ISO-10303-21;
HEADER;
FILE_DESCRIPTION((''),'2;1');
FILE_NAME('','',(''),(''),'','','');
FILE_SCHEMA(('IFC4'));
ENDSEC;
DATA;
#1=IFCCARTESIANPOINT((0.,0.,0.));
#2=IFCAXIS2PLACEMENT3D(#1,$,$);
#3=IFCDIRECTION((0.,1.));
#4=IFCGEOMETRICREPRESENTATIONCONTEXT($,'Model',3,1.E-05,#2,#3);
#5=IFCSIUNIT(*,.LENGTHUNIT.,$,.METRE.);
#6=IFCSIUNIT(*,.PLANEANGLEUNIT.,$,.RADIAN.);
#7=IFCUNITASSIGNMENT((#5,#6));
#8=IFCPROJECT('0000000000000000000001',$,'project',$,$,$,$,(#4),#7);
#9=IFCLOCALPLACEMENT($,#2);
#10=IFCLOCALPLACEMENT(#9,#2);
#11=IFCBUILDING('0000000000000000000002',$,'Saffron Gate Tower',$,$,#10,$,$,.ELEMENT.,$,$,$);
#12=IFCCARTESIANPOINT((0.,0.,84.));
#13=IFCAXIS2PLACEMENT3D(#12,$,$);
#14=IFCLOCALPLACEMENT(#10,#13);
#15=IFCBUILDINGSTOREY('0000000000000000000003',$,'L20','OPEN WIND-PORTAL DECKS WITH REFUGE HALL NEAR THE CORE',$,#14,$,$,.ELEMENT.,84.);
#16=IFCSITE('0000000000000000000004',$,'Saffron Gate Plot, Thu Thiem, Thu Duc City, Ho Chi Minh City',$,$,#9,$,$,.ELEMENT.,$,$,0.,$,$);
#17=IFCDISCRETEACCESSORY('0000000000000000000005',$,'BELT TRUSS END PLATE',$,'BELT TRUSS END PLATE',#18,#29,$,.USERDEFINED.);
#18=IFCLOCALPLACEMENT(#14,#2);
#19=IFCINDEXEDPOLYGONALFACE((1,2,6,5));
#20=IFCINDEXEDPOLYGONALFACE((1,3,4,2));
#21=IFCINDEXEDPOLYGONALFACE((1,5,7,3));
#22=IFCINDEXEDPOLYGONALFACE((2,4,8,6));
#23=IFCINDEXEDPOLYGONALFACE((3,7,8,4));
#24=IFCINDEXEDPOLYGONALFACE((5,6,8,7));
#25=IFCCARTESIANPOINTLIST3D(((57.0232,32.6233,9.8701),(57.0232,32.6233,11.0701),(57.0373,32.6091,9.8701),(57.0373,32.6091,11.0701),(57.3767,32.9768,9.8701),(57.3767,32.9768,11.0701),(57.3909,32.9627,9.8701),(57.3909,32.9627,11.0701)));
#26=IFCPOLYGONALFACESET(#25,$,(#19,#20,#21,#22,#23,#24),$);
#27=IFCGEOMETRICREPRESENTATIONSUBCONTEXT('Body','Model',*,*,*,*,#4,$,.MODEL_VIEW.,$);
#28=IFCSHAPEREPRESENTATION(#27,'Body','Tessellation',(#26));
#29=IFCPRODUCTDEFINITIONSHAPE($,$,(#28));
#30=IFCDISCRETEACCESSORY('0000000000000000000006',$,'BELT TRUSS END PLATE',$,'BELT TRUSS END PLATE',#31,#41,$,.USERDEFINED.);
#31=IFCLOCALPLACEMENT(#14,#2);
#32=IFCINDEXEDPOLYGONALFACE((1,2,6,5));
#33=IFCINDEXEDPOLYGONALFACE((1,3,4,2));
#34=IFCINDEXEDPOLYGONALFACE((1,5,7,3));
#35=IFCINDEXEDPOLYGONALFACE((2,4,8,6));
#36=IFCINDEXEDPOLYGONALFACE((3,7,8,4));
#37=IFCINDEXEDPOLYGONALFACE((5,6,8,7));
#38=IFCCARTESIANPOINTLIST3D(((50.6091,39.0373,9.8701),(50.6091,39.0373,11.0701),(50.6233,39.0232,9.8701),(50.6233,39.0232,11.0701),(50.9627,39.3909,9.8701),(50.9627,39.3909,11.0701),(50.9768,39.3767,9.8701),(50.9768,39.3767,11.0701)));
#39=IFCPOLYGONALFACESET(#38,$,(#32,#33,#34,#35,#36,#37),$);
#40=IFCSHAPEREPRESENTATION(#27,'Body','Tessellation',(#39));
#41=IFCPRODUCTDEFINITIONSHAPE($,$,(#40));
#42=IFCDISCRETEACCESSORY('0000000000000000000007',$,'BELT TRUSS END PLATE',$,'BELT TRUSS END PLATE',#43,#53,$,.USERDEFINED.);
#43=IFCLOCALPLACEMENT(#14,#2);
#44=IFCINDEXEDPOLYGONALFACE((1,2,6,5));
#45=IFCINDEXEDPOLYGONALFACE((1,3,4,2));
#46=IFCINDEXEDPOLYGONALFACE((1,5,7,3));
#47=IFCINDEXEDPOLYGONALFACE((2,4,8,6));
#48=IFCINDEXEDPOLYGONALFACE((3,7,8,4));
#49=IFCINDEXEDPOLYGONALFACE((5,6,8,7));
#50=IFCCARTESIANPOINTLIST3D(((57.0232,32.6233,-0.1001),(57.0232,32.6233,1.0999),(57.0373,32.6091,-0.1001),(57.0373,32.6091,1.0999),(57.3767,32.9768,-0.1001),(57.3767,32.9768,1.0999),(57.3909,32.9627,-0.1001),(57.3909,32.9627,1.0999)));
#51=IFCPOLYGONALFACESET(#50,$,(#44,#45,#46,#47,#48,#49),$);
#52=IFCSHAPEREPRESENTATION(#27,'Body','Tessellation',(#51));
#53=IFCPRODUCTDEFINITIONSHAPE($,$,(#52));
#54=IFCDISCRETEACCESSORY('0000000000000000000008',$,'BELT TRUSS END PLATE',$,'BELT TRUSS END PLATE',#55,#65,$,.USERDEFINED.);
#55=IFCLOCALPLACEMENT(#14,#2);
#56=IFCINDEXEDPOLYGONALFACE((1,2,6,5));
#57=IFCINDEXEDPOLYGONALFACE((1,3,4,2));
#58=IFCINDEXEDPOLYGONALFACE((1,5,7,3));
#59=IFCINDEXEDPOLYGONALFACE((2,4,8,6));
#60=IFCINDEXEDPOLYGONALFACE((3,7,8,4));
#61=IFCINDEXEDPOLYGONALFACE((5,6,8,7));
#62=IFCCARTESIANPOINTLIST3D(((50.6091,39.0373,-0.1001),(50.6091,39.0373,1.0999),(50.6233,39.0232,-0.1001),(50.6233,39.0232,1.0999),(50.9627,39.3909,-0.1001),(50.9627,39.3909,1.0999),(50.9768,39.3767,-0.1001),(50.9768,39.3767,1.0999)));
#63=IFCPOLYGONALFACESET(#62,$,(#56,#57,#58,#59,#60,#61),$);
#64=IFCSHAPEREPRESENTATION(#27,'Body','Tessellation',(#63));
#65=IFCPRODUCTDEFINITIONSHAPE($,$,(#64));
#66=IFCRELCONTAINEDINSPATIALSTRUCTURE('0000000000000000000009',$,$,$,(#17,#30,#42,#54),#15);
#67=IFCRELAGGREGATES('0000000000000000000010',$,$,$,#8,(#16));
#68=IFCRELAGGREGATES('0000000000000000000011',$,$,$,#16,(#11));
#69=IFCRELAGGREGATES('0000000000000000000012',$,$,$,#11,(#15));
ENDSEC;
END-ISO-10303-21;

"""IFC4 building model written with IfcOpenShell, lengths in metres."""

from ifc_helpers import new_model, si_unit, direction, frame, origin, origin_2d, place, context, subcontext, project, spatial, rectangle, extrude, element, save


model = new_model("IFC4")

# Units and contexts
model_context = context("Model", 3, precision=1e-05, world=origin(), true_north=direction((0.0, 1.0)))
body_context = subcontext(model_context, "Body", "Model", "MODEL_VIEW")
ifc_project = project(units=[si_unit("LENGTHUNIT", "METRE"), si_unit("PLANEANGLEUNIT", "RADIAN")], contexts=[model_context])

# Site, building, storey
site_placement = place(None, origin())
site = spatial("IfcSite", under=ifc_project, at=site_placement, Name="Saffron Gate Plot, Thu Thiem, Thu Duc City, Ho Chi Minh City", CompositionType="ELEMENT", RefElevation=0.0)
building_placement = place(site_placement, origin())
building = spatial("IfcBuilding", under=site, at=building_placement, Name="Saffron Gate Tower", CompositionType="ELEMENT")
storey_placement = place(building_placement, frame((0.0, 0.0, 84.0)))
storey = spatial("IfcBuildingStorey", under=building, at=storey_placement, Name="L20", Description="OPEN WIND-PORTAL DECKS WITH REFUGE HALL NEAR THE CORE", CompositionType="ELEMENT", Elevation=84.0)

# Discrete accessories
for number, where, z_axis, x_axis, name in (
    (1, (57.207, 32.793, 9.8701), (0.0, 0.0, 1.0), (0.707107, -0.707107, 0.0), "BELT TRUSS END PLATE"),
    (2, (50.793, 39.207, 9.8701), (0.0, 0.0, 1.0), (-0.707107, 0.707107, 0.0), "BELT TRUSS END PLATE"),
    (3, (57.207, 32.793, -0.1001), (0.0, 0.0, 1.0), (0.707107, -0.707107, 0.0), "BELT TRUSS END PLATE"),
    (4, (50.793, 39.207, -0.1001), (0.0, 0.0, 1.0), (-0.707107, 0.707107, 0.0), "BELT TRUSS END PLATE"),
):
    element("IfcDiscreteAccessory", number, at=place(storey_placement, frame(where, z_axis=z_axis, x_axis=x_axis)), inside=storey, Name=name, ObjectType="BELT TRUSS END PLATE", PredefinedType="USERDEFINED", context=body_context, shape_type="SweptSolid", body=[
        extrude(rectangle(XDim=0.02, YDim=0.5, at=origin_2d()), origin(), (0.0, 0.0, 1.0), 1.2),
    ])

save(model, "model.ifc")
